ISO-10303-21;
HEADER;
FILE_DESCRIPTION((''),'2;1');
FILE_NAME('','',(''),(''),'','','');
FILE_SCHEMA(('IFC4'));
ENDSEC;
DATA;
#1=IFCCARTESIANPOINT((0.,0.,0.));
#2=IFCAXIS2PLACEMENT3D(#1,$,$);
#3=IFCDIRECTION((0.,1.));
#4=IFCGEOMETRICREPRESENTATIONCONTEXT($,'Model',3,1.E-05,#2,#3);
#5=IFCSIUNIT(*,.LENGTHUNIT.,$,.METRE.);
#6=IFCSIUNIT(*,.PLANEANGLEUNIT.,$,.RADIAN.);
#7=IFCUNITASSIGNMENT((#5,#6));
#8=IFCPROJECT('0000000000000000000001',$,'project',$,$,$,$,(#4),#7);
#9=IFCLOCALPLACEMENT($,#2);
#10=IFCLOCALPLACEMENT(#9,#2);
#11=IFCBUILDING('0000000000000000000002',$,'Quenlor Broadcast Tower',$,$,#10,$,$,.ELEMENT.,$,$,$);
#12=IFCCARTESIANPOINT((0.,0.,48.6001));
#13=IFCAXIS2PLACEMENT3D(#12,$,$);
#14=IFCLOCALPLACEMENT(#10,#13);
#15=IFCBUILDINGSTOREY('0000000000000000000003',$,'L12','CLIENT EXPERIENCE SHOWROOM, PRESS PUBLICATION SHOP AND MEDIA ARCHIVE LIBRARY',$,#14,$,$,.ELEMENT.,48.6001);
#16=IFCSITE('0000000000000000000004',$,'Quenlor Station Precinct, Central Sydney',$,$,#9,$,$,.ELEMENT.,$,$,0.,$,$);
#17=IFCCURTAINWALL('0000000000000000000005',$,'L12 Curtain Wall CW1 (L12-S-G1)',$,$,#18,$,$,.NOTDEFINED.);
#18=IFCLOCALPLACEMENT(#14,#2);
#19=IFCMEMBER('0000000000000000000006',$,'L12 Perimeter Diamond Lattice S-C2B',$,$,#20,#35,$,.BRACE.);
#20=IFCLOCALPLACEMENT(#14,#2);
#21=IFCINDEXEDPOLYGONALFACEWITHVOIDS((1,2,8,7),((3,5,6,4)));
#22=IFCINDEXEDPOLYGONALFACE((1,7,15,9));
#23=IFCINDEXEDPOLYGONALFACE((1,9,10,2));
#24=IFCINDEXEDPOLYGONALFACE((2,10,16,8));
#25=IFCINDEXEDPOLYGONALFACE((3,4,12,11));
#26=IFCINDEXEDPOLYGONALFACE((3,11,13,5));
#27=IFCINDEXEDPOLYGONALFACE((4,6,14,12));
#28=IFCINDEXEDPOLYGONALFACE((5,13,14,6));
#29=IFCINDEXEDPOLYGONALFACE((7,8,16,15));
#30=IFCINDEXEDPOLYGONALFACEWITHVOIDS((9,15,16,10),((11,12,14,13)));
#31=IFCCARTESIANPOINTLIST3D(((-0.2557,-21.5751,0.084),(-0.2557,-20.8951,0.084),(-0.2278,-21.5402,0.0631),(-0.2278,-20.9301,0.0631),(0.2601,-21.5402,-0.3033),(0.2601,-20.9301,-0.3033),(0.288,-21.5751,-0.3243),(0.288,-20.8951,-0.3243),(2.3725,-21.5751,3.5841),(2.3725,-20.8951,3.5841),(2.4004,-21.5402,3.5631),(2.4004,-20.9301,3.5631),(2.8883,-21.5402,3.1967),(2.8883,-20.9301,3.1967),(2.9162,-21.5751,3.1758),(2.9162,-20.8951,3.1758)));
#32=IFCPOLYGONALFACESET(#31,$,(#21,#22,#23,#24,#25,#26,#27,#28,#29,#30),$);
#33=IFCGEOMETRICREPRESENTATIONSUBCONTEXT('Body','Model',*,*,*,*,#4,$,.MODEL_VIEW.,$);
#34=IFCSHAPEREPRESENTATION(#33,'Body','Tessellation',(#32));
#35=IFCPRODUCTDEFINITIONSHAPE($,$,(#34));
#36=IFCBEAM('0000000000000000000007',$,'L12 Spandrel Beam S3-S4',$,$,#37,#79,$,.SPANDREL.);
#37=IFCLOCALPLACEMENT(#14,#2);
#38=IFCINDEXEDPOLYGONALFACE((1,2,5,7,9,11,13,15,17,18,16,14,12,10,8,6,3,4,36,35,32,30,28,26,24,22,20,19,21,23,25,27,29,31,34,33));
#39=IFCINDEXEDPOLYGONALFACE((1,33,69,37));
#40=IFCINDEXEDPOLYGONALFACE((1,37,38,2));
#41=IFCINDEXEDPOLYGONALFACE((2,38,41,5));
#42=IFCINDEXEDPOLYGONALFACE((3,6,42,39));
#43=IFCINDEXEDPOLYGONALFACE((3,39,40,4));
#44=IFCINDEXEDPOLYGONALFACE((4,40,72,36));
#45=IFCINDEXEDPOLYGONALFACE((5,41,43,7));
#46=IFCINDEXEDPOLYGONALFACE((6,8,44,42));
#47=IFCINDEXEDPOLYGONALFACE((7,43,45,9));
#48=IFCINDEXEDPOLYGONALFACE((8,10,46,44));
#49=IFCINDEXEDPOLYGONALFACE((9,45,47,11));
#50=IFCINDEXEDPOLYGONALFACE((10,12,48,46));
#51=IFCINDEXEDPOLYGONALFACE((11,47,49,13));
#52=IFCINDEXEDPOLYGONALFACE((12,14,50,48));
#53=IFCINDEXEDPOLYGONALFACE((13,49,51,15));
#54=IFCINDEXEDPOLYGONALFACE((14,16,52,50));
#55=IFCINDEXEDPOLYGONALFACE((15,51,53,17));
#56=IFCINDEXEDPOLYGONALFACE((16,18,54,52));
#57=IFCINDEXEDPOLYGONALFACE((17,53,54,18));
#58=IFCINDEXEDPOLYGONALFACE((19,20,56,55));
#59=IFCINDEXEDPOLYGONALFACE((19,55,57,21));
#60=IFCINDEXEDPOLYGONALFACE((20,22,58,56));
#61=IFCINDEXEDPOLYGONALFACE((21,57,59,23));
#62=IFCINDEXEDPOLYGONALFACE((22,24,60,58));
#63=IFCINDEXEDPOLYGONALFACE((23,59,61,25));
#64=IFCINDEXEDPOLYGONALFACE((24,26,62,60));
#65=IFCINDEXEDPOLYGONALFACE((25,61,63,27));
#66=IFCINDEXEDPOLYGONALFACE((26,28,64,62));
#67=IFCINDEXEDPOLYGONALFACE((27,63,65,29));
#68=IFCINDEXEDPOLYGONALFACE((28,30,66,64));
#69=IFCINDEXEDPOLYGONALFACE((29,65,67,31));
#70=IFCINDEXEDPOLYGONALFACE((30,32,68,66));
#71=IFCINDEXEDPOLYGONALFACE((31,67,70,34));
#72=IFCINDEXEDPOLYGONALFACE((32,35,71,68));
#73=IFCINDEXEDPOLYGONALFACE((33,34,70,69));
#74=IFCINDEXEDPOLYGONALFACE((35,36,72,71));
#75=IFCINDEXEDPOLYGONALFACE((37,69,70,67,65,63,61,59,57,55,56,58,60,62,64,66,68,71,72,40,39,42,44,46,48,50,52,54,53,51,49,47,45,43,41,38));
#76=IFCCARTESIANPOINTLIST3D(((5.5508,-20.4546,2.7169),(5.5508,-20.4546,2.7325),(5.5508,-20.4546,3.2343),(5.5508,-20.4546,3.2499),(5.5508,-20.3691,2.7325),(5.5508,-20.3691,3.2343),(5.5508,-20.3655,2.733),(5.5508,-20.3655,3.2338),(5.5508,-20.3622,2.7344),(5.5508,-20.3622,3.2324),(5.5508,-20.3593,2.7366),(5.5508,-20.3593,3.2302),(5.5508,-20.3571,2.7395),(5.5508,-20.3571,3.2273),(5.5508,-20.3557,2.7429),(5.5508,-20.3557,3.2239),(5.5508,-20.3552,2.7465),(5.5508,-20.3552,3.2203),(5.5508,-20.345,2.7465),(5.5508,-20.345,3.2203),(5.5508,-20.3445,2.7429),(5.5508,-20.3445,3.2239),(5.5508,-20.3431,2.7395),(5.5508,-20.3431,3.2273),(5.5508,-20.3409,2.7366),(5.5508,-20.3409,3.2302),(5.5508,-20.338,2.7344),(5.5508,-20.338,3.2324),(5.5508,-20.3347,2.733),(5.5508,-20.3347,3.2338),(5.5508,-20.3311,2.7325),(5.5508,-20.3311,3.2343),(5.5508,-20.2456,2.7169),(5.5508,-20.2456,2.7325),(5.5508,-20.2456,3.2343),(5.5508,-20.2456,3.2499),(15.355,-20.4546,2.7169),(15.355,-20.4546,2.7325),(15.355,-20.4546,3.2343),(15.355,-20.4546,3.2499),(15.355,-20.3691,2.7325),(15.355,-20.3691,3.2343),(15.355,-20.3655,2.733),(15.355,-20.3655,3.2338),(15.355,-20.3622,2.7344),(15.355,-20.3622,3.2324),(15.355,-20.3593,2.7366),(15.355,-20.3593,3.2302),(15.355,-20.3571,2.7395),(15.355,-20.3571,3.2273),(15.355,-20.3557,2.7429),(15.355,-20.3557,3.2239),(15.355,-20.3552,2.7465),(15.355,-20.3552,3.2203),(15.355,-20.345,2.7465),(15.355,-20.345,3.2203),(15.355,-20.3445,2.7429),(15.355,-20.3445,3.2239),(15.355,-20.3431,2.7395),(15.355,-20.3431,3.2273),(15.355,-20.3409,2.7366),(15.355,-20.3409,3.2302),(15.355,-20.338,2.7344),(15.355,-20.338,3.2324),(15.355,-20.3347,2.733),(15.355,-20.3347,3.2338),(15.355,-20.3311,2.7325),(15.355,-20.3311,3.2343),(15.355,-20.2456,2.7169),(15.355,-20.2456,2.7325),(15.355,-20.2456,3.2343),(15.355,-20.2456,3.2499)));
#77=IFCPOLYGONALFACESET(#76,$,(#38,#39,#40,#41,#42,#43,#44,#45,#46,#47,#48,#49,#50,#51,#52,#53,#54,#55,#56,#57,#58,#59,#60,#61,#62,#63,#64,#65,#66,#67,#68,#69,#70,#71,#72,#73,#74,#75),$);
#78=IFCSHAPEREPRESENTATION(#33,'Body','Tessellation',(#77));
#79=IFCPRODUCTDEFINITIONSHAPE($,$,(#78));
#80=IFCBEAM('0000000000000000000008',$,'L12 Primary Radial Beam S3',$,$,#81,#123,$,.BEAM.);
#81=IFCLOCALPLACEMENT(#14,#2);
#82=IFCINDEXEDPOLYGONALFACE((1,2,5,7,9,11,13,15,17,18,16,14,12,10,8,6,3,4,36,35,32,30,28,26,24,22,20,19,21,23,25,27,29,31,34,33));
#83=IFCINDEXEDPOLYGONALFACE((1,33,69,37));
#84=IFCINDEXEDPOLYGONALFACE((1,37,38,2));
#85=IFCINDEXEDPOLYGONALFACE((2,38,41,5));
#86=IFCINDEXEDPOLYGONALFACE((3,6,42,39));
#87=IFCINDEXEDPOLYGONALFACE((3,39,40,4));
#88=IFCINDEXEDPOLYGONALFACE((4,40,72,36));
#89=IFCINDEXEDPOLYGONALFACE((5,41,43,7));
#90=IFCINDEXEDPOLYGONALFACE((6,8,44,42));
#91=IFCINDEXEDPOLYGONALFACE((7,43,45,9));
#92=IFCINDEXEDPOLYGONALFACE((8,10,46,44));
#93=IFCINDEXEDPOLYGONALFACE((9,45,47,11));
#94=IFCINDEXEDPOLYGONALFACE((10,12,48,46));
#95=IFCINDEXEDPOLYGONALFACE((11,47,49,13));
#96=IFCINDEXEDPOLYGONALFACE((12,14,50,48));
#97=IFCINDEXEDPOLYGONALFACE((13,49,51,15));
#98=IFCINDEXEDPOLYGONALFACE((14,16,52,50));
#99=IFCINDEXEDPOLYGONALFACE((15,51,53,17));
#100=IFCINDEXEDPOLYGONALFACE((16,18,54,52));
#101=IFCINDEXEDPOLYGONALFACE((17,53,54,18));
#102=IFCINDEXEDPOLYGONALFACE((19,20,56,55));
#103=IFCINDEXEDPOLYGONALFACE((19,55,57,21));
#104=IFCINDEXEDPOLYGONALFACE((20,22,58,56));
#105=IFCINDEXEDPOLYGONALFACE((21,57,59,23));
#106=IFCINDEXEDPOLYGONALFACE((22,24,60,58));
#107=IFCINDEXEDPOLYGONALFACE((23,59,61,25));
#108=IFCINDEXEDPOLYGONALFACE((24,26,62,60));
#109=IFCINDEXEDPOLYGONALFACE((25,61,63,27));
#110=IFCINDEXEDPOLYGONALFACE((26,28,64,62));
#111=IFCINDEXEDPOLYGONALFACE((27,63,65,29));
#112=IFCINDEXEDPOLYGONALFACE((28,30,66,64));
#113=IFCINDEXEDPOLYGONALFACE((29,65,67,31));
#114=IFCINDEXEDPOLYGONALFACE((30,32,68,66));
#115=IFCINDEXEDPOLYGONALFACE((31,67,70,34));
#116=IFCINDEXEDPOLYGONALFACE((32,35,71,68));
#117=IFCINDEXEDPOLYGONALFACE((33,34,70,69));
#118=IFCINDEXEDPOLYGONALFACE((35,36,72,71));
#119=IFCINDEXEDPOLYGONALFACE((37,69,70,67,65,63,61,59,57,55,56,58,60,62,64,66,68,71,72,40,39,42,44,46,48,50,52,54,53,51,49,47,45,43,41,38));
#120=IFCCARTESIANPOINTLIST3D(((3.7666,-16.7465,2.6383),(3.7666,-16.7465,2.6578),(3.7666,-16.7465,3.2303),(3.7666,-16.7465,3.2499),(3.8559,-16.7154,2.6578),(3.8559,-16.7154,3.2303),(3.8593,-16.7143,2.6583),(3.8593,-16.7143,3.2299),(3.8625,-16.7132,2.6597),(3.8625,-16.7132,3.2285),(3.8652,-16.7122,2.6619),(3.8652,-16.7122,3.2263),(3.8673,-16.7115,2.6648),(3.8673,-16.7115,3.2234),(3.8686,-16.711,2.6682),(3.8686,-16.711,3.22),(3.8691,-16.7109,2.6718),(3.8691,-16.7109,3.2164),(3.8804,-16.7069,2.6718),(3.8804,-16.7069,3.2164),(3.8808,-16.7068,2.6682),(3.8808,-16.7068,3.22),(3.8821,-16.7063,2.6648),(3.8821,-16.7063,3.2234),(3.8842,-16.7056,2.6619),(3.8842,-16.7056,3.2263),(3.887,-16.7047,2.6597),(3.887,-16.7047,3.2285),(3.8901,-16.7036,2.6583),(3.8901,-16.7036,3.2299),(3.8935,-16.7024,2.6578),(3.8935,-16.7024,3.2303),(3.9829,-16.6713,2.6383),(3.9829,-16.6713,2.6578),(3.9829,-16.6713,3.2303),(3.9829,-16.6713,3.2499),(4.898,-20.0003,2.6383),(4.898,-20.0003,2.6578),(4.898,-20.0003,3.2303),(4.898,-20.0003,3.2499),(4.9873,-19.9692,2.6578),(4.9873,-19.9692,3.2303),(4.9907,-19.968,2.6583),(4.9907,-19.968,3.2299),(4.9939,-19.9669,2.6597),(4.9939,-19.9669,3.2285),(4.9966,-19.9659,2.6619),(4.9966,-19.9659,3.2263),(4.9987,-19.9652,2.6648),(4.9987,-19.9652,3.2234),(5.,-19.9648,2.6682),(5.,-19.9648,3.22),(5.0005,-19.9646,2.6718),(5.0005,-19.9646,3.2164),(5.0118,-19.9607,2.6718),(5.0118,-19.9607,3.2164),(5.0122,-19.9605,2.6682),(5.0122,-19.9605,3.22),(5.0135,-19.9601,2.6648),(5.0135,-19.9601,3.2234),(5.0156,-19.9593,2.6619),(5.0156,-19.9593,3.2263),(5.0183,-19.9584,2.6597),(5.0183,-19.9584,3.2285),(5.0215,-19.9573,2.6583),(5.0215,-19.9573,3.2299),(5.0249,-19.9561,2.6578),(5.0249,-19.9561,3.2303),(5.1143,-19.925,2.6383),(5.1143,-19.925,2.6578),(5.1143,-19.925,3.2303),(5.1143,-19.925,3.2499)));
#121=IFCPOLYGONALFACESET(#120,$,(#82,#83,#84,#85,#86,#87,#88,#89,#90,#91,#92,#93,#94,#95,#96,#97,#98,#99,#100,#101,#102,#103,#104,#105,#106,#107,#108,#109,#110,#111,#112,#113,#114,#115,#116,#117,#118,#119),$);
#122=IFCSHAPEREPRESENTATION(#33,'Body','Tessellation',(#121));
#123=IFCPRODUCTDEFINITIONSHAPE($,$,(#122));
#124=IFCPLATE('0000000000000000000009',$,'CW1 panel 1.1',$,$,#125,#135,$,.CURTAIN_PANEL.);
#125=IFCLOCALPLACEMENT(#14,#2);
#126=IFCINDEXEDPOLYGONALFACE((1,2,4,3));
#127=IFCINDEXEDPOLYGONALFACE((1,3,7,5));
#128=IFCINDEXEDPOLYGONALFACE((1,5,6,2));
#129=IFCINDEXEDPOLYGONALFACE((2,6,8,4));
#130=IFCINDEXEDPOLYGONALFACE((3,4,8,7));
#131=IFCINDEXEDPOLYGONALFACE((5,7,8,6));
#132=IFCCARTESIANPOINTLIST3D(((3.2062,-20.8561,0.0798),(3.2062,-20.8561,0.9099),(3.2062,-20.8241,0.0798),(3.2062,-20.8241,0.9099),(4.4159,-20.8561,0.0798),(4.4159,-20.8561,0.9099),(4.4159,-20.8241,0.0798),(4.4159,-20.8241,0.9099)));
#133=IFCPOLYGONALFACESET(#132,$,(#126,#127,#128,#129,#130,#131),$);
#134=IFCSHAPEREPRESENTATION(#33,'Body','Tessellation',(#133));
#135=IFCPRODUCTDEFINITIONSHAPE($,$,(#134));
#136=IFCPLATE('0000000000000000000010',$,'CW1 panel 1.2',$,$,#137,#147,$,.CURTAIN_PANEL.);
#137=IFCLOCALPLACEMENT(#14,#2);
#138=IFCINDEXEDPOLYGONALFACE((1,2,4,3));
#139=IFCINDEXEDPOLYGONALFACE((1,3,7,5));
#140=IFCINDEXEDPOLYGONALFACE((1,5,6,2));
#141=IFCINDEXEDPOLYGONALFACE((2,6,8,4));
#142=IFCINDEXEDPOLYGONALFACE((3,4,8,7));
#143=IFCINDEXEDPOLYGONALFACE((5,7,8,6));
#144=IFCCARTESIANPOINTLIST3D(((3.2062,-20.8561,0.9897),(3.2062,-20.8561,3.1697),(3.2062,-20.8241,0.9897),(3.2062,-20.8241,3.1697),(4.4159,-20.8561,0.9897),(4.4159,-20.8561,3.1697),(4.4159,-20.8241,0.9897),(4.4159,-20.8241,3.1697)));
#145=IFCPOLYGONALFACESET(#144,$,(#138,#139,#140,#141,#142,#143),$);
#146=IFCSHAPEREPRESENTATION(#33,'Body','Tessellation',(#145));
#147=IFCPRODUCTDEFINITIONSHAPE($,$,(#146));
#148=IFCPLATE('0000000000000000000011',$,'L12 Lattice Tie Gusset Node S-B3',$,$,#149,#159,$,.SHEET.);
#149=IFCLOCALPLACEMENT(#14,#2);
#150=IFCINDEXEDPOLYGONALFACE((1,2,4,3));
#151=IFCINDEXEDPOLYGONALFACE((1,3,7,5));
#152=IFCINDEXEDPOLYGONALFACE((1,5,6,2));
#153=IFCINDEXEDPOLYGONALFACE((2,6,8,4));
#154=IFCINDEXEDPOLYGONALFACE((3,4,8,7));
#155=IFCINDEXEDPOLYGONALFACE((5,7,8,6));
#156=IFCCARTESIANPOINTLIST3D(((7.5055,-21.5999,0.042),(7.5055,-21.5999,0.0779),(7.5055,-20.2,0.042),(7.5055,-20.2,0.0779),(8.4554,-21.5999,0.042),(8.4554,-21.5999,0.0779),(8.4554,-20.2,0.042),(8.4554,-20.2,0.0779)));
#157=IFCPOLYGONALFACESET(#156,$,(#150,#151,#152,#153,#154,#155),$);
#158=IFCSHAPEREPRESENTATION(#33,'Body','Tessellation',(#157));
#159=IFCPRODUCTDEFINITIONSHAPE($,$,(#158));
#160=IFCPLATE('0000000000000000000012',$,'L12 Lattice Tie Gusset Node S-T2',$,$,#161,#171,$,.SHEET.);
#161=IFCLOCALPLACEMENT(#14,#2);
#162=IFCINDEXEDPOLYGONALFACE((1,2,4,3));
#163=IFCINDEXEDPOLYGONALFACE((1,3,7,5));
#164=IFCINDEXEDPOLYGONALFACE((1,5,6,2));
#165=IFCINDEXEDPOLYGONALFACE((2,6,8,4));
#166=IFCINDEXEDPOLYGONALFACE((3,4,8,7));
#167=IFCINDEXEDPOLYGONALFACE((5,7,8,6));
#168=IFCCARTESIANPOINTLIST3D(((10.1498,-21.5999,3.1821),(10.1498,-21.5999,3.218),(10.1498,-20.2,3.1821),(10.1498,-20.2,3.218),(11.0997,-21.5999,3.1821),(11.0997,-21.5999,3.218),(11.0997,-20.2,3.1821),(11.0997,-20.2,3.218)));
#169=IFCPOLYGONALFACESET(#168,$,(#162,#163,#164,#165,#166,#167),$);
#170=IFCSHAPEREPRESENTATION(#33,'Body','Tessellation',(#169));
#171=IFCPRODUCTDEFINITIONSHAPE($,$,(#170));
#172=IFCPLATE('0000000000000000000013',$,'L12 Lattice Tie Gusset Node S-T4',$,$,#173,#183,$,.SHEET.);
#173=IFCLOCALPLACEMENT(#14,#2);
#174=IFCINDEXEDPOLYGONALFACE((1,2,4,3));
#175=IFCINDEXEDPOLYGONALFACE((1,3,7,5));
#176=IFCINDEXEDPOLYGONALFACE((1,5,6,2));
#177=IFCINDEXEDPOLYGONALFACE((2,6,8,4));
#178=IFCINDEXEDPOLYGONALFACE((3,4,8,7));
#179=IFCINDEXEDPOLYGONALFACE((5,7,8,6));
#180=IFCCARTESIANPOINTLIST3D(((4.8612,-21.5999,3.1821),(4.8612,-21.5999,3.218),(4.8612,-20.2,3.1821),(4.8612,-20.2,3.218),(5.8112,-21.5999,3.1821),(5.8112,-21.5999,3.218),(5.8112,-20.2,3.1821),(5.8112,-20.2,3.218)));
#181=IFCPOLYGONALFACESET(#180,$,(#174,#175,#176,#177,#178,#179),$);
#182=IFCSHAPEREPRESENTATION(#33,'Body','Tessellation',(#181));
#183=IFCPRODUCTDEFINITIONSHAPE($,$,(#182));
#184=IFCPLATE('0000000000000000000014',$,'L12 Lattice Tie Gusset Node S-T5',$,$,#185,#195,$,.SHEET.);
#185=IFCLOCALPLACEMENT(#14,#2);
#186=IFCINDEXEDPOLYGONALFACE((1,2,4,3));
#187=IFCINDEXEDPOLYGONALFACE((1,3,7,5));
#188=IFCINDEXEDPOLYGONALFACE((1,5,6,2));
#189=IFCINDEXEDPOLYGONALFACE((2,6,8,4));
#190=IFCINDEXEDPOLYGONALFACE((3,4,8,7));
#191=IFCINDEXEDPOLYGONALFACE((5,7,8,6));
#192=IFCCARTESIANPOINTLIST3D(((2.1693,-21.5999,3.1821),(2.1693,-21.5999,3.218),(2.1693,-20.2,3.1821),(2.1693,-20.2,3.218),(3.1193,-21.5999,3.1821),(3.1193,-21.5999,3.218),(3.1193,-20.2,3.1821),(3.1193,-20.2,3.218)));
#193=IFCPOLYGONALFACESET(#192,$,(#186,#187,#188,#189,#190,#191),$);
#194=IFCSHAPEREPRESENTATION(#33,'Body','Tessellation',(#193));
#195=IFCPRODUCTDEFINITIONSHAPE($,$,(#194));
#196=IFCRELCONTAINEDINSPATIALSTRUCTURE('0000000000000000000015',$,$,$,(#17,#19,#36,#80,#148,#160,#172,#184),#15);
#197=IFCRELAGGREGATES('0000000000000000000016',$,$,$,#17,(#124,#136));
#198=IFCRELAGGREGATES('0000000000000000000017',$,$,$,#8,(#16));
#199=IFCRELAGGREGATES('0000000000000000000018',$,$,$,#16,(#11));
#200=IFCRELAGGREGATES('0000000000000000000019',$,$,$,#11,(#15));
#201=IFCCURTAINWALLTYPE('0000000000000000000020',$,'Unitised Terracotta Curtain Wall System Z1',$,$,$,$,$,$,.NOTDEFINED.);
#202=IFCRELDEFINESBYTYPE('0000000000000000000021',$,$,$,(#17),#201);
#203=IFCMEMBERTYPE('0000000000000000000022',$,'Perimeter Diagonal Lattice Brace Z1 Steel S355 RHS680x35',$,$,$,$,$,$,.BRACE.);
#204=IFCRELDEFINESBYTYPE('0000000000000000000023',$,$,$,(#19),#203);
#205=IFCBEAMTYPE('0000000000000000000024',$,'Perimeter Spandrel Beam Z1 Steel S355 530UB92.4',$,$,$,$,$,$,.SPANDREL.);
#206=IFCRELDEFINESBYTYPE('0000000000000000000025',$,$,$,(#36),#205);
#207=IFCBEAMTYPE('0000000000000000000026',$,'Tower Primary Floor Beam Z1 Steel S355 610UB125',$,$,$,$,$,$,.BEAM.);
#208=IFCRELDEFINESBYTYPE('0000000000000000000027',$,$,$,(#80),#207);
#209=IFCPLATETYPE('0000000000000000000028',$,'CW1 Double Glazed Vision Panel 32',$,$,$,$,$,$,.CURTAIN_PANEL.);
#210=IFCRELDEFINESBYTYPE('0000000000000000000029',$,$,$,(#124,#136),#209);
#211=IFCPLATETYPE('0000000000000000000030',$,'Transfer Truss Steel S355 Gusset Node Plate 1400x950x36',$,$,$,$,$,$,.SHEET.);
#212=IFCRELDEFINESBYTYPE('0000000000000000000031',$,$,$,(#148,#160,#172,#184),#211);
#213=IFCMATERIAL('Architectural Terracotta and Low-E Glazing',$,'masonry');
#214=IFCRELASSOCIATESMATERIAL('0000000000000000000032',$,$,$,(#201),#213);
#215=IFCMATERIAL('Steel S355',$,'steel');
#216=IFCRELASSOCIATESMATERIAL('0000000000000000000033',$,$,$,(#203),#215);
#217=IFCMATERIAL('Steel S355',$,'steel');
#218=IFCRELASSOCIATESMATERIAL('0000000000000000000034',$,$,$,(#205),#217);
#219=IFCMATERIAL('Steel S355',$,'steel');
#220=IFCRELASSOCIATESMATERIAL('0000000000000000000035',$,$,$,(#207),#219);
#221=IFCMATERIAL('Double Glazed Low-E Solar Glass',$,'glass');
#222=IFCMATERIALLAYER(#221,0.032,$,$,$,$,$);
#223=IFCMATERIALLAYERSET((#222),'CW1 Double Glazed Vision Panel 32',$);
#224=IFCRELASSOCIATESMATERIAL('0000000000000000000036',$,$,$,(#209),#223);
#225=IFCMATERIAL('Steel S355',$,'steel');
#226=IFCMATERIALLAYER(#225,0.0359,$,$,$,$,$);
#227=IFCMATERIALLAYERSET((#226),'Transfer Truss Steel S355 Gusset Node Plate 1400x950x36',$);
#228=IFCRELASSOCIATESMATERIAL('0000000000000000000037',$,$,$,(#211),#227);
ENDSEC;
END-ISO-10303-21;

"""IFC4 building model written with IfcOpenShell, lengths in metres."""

from ifc_helpers import new_model, si_unit, direction, frame, origin, origin_2d, place, context, subcontext, project, spatial, rectangle, hollow_rectangle, i_section, extrude, material, layer, layer_set, material_profile, profile_set, type_object, element, aggregate, save


model = new_model("IFC4")

# Units and contexts
model_context = context("Model", 3, precision=1e-05, world=origin(), true_north=direction((0.0, 1.0)))
body_context = subcontext(model_context, "Body", "Model", "MODEL_VIEW")
ifc_project = project(units=[si_unit("LENGTHUNIT", "METRE"), si_unit("PLANEANGLEUNIT", "RADIAN")], contexts=[model_context])

# Site, building, storey
site_placement = place(None, origin())
site = spatial("IfcSite", under=ifc_project, at=site_placement, Name="Quenlor Station Precinct, Central Sydney", CompositionType="ELEMENT", RefElevation=0.0)
building_placement = place(site_placement, origin())
building = spatial("IfcBuilding", under=site, at=building_placement, Name="Quenlor Broadcast Tower", CompositionType="ELEMENT")
storey_placement = place(building_placement, frame((0.0, 0.0, 48.6001)))
storey = spatial("IfcBuildingStorey", under=building, at=storey_placement, Name="L12", Description="CLIENT EXPERIENCE SHOWROOM, PRESS PUBLICATION SHOP AND MEDIA ARCHIVE LIBRARY", CompositionType="ELEMENT", Elevation=48.6001)

# Curtain wall
ifc_material_1 = material(Name="Architectural Terracotta and Low-E Glazing", Category="masonry")
curtain_wall_type = type_object("IfcCurtainWallType", Name="Unitised Terracotta Curtain Wall System Z1", PredefinedType="NOTDEFINED", material=ifc_material_1)
curtain_wall_placement = place(storey_placement, origin())
curtain_wall = element("IfcCurtainWall", 1, at=curtain_wall_placement, inside=storey, type_object=curtain_wall_type, Name="L12 Curtain Wall CW1 (L12-S-G1)", PredefinedType="NOTDEFINED")

# Member
ifc_material_2 = material(Name="Steel S355", Category="steel")
ifc_material_profile_1 = material_profile(ifc_material_2, hollow_rectangle(XDim=0.6799, YDim=0.6799, WallThickness=0.0349, at=origin_2d()))
ifc_profile_set_1 = profile_set([ifc_material_profile_1], Name="Steel S355 RHS680x680x35")
member_type_1 = type_object("IfcMemberType", Name="Perimeter Diagonal Lattice Brace Z1 Steel S355 RHS680x35", PredefinedType="BRACE", material=ifc_profile_set_1)
for number, where, z_axis, x_axis, name in (
    (2, (0.0161, -21.2351, -0.1201), (0.600464, 0.0, 0.799652), (0.0, 1.0, 0.0), "L12 Perimeter Diamond Lattice S-C2B"),
):
    element("IfcMember", number, at=place(storey_placement, frame(where, z_axis=z_axis, x_axis=x_axis)), inside=storey, type_object=member_type_1, Name=name, PredefinedType="BRACE", context=body_context, shape_type="SweptSolid", body=[
        extrude(hollow_rectangle(XDim=0.6799, YDim=0.6799, WallThickness=0.0349, at=origin_2d()), origin(), (0.0, 0.0, 1.0), 4.377),
    ])

# Beams
ifc_material_3 = material(Name="Steel S355", Category="steel")
ifc_material_profile_2 = material_profile(ifc_material_3, i_section(OverallWidth=0.209, OverallDepth=0.533, WebThickness=0.0103, FlangeThickness=0.0156, FilletRadius=0.0139, at=origin_2d()))
ifc_profile_set_2 = profile_set([ifc_material_profile_2], Name="Steel S355 530UB92.4")
beam_type_1 = type_object("IfcBeamType", Name="Perimeter Spandrel Beam Z1 Steel S355 530UB92.4", PredefinedType="SPANDREL", material=ifc_profile_set_2)
beam_1_placement = place(storey_placement, frame((5.5508, -20.3501, 2.9834), z_axis=(1.0, 0.0, 0.0), x_axis=(0.0, 1.0, 0.0)))
element("IfcBeam", 3, at=beam_1_placement, inside=storey, type_object=beam_type_1, Name="L12 Spandrel Beam S3-S4", PredefinedType="SPANDREL", context=body_context, shape_type="SweptSolid", body=[
    extrude(i_section(OverallWidth=0.209, OverallDepth=0.533, WebThickness=0.0103, FlangeThickness=0.0156, FilletRadius=0.0139, at=origin_2d()), origin(), (0.0, 0.0, 1.0), 9.8042),
])
ifc_material_4 = material(Name="Steel S355", Category="steel")
ifc_material_profile_3 = material_profile(ifc_material_4, i_section(OverallWidth=0.229, OverallDepth=0.6116, WebThickness=0.012, FlangeThickness=0.0195, FilletRadius=0.0139, at=origin_2d()))
ifc_profile_set_3 = profile_set([ifc_material_profile_3], Name="Steel S355 610UB125")
beam_type_2 = type_object("IfcBeamType", Name="Tower Primary Floor Beam Z1 Steel S355 610UB125", PredefinedType="BEAM", material=ifc_profile_set_3)
beam_2_placement = place(storey_placement, frame((5.0061, -19.9626, 2.9441), z_axis=(-0.328427, 0.944529, 0.0), x_axis=(-0.944529, -0.328427, 0.0)))
element("IfcBeam", 4, at=beam_2_placement, inside=storey, type_object=beam_type_2, Name="L12 Primary Radial Beam S3", PredefinedType="BEAM", context=body_context, shape_type="SweptSolid", body=[
    extrude(i_section(OverallWidth=0.229, OverallDepth=0.6116, WebThickness=0.012, FlangeThickness=0.0195, FilletRadius=0.0139, at=origin_2d()), origin(), (0.0, 0.0, 1.0), 3.4448),
])

# Plates
ifc_material_5 = material(Name="Double Glazed Low-E Solar Glass", Category="glass")
ifc_layer_1 = layer(ifc_material_5, 0.032)
ifc_layer_set_1 = layer_set([ifc_layer_1], Name="CW1 Double Glazed Vision Panel 32")
plate_type_1 = type_object("IfcPlateType", Name="CW1 Double Glazed Vision Panel 32", PredefinedType="CURTAIN_PANEL", material=ifc_layer_set_1)
plate_1_placement = place(storey_placement, frame((3.811, -20.8401, 0.0798), z_axis=(0.0, 0.0, 1.0), x_axis=(-1.0, 0.0, 0.0)))
plate_1 = element("IfcPlate", 5, at=plate_1_placement, type_object=plate_type_1, Name="CW1 panel 1.1", PredefinedType="CURTAIN_PANEL", context=body_context, shape_type="SweptSolid", body=[
    extrude(rectangle(XDim=1.2097, YDim=0.032, at=origin_2d()), origin(), (0.0, 0.0, 1.0), 0.8301),
])
plate_2_placement = place(storey_placement, frame((3.811, -20.8401, 0.9897), z_axis=(0.0, 0.0, 1.0), x_axis=(-1.0, 0.0, 0.0)))
plate_2 = element("IfcPlate", 6, at=plate_2_placement, type_object=plate_type_1, Name="CW1 panel 1.2", PredefinedType="CURTAIN_PANEL", context=body_context, shape_type="SweptSolid", body=[
    extrude(rectangle(XDim=1.2097, YDim=0.032, at=origin_2d()), origin(), (0.0, 0.0, 1.0), 2.1799),
])
aggregate(curtain_wall, [plate_1, plate_2])

# Plates
ifc_material_6 = material(Name="Steel S355", Category="steel")
ifc_layer_2 = layer(ifc_material_6, 0.0359)
ifc_layer_set_2 = layer_set([ifc_layer_2], Name="Transfer Truss Steel S355 Gusset Node Plate 1400x950x36")
plate_type_2 = type_object("IfcPlateType", Name="Transfer Truss Steel S355 Gusset Node Plate 1400x950x36", PredefinedType="SHEET", material=ifc_layer_set_2)
for number, where, z_axis, x_axis, name in (
    (7, (7.9805, -20.8999, 0.042), (0.0, 0.0, 1.0), (0.0, -1.0, 0.0), "L12 Lattice Tie Gusset Node S-B3"),
    (8, (10.6248, -20.8999, 3.1821), (0.0, 0.0, 1.0), (0.0, -1.0, 0.0), "L12 Lattice Tie Gusset Node S-T2"),
    (9, (5.3362, -20.8999, 3.1821), (0.0, 0.0, 1.0), (0.0, -1.0, 0.0), "L12 Lattice Tie Gusset Node S-T4"),
    (10, (2.6443, -20.8999, 3.1821), (0.0, 0.0, 1.0), (0.0, -1.0, 0.0), "L12 Lattice Tie Gusset Node S-T5"),
):
    element("IfcPlate", number, at=place(storey_placement, frame(where, z_axis=z_axis, x_axis=x_axis)), inside=storey, type_object=plate_type_2, Name=name, PredefinedType="SHEET", context=body_context, shape_type="SweptSolid", body=[
        extrude(rectangle(XDim=1.3999, YDim=0.95, at=origin_2d()), origin(), (0.0, 0.0, 1.0), 0.0359),
    ])

save(model, "model.ifc")
